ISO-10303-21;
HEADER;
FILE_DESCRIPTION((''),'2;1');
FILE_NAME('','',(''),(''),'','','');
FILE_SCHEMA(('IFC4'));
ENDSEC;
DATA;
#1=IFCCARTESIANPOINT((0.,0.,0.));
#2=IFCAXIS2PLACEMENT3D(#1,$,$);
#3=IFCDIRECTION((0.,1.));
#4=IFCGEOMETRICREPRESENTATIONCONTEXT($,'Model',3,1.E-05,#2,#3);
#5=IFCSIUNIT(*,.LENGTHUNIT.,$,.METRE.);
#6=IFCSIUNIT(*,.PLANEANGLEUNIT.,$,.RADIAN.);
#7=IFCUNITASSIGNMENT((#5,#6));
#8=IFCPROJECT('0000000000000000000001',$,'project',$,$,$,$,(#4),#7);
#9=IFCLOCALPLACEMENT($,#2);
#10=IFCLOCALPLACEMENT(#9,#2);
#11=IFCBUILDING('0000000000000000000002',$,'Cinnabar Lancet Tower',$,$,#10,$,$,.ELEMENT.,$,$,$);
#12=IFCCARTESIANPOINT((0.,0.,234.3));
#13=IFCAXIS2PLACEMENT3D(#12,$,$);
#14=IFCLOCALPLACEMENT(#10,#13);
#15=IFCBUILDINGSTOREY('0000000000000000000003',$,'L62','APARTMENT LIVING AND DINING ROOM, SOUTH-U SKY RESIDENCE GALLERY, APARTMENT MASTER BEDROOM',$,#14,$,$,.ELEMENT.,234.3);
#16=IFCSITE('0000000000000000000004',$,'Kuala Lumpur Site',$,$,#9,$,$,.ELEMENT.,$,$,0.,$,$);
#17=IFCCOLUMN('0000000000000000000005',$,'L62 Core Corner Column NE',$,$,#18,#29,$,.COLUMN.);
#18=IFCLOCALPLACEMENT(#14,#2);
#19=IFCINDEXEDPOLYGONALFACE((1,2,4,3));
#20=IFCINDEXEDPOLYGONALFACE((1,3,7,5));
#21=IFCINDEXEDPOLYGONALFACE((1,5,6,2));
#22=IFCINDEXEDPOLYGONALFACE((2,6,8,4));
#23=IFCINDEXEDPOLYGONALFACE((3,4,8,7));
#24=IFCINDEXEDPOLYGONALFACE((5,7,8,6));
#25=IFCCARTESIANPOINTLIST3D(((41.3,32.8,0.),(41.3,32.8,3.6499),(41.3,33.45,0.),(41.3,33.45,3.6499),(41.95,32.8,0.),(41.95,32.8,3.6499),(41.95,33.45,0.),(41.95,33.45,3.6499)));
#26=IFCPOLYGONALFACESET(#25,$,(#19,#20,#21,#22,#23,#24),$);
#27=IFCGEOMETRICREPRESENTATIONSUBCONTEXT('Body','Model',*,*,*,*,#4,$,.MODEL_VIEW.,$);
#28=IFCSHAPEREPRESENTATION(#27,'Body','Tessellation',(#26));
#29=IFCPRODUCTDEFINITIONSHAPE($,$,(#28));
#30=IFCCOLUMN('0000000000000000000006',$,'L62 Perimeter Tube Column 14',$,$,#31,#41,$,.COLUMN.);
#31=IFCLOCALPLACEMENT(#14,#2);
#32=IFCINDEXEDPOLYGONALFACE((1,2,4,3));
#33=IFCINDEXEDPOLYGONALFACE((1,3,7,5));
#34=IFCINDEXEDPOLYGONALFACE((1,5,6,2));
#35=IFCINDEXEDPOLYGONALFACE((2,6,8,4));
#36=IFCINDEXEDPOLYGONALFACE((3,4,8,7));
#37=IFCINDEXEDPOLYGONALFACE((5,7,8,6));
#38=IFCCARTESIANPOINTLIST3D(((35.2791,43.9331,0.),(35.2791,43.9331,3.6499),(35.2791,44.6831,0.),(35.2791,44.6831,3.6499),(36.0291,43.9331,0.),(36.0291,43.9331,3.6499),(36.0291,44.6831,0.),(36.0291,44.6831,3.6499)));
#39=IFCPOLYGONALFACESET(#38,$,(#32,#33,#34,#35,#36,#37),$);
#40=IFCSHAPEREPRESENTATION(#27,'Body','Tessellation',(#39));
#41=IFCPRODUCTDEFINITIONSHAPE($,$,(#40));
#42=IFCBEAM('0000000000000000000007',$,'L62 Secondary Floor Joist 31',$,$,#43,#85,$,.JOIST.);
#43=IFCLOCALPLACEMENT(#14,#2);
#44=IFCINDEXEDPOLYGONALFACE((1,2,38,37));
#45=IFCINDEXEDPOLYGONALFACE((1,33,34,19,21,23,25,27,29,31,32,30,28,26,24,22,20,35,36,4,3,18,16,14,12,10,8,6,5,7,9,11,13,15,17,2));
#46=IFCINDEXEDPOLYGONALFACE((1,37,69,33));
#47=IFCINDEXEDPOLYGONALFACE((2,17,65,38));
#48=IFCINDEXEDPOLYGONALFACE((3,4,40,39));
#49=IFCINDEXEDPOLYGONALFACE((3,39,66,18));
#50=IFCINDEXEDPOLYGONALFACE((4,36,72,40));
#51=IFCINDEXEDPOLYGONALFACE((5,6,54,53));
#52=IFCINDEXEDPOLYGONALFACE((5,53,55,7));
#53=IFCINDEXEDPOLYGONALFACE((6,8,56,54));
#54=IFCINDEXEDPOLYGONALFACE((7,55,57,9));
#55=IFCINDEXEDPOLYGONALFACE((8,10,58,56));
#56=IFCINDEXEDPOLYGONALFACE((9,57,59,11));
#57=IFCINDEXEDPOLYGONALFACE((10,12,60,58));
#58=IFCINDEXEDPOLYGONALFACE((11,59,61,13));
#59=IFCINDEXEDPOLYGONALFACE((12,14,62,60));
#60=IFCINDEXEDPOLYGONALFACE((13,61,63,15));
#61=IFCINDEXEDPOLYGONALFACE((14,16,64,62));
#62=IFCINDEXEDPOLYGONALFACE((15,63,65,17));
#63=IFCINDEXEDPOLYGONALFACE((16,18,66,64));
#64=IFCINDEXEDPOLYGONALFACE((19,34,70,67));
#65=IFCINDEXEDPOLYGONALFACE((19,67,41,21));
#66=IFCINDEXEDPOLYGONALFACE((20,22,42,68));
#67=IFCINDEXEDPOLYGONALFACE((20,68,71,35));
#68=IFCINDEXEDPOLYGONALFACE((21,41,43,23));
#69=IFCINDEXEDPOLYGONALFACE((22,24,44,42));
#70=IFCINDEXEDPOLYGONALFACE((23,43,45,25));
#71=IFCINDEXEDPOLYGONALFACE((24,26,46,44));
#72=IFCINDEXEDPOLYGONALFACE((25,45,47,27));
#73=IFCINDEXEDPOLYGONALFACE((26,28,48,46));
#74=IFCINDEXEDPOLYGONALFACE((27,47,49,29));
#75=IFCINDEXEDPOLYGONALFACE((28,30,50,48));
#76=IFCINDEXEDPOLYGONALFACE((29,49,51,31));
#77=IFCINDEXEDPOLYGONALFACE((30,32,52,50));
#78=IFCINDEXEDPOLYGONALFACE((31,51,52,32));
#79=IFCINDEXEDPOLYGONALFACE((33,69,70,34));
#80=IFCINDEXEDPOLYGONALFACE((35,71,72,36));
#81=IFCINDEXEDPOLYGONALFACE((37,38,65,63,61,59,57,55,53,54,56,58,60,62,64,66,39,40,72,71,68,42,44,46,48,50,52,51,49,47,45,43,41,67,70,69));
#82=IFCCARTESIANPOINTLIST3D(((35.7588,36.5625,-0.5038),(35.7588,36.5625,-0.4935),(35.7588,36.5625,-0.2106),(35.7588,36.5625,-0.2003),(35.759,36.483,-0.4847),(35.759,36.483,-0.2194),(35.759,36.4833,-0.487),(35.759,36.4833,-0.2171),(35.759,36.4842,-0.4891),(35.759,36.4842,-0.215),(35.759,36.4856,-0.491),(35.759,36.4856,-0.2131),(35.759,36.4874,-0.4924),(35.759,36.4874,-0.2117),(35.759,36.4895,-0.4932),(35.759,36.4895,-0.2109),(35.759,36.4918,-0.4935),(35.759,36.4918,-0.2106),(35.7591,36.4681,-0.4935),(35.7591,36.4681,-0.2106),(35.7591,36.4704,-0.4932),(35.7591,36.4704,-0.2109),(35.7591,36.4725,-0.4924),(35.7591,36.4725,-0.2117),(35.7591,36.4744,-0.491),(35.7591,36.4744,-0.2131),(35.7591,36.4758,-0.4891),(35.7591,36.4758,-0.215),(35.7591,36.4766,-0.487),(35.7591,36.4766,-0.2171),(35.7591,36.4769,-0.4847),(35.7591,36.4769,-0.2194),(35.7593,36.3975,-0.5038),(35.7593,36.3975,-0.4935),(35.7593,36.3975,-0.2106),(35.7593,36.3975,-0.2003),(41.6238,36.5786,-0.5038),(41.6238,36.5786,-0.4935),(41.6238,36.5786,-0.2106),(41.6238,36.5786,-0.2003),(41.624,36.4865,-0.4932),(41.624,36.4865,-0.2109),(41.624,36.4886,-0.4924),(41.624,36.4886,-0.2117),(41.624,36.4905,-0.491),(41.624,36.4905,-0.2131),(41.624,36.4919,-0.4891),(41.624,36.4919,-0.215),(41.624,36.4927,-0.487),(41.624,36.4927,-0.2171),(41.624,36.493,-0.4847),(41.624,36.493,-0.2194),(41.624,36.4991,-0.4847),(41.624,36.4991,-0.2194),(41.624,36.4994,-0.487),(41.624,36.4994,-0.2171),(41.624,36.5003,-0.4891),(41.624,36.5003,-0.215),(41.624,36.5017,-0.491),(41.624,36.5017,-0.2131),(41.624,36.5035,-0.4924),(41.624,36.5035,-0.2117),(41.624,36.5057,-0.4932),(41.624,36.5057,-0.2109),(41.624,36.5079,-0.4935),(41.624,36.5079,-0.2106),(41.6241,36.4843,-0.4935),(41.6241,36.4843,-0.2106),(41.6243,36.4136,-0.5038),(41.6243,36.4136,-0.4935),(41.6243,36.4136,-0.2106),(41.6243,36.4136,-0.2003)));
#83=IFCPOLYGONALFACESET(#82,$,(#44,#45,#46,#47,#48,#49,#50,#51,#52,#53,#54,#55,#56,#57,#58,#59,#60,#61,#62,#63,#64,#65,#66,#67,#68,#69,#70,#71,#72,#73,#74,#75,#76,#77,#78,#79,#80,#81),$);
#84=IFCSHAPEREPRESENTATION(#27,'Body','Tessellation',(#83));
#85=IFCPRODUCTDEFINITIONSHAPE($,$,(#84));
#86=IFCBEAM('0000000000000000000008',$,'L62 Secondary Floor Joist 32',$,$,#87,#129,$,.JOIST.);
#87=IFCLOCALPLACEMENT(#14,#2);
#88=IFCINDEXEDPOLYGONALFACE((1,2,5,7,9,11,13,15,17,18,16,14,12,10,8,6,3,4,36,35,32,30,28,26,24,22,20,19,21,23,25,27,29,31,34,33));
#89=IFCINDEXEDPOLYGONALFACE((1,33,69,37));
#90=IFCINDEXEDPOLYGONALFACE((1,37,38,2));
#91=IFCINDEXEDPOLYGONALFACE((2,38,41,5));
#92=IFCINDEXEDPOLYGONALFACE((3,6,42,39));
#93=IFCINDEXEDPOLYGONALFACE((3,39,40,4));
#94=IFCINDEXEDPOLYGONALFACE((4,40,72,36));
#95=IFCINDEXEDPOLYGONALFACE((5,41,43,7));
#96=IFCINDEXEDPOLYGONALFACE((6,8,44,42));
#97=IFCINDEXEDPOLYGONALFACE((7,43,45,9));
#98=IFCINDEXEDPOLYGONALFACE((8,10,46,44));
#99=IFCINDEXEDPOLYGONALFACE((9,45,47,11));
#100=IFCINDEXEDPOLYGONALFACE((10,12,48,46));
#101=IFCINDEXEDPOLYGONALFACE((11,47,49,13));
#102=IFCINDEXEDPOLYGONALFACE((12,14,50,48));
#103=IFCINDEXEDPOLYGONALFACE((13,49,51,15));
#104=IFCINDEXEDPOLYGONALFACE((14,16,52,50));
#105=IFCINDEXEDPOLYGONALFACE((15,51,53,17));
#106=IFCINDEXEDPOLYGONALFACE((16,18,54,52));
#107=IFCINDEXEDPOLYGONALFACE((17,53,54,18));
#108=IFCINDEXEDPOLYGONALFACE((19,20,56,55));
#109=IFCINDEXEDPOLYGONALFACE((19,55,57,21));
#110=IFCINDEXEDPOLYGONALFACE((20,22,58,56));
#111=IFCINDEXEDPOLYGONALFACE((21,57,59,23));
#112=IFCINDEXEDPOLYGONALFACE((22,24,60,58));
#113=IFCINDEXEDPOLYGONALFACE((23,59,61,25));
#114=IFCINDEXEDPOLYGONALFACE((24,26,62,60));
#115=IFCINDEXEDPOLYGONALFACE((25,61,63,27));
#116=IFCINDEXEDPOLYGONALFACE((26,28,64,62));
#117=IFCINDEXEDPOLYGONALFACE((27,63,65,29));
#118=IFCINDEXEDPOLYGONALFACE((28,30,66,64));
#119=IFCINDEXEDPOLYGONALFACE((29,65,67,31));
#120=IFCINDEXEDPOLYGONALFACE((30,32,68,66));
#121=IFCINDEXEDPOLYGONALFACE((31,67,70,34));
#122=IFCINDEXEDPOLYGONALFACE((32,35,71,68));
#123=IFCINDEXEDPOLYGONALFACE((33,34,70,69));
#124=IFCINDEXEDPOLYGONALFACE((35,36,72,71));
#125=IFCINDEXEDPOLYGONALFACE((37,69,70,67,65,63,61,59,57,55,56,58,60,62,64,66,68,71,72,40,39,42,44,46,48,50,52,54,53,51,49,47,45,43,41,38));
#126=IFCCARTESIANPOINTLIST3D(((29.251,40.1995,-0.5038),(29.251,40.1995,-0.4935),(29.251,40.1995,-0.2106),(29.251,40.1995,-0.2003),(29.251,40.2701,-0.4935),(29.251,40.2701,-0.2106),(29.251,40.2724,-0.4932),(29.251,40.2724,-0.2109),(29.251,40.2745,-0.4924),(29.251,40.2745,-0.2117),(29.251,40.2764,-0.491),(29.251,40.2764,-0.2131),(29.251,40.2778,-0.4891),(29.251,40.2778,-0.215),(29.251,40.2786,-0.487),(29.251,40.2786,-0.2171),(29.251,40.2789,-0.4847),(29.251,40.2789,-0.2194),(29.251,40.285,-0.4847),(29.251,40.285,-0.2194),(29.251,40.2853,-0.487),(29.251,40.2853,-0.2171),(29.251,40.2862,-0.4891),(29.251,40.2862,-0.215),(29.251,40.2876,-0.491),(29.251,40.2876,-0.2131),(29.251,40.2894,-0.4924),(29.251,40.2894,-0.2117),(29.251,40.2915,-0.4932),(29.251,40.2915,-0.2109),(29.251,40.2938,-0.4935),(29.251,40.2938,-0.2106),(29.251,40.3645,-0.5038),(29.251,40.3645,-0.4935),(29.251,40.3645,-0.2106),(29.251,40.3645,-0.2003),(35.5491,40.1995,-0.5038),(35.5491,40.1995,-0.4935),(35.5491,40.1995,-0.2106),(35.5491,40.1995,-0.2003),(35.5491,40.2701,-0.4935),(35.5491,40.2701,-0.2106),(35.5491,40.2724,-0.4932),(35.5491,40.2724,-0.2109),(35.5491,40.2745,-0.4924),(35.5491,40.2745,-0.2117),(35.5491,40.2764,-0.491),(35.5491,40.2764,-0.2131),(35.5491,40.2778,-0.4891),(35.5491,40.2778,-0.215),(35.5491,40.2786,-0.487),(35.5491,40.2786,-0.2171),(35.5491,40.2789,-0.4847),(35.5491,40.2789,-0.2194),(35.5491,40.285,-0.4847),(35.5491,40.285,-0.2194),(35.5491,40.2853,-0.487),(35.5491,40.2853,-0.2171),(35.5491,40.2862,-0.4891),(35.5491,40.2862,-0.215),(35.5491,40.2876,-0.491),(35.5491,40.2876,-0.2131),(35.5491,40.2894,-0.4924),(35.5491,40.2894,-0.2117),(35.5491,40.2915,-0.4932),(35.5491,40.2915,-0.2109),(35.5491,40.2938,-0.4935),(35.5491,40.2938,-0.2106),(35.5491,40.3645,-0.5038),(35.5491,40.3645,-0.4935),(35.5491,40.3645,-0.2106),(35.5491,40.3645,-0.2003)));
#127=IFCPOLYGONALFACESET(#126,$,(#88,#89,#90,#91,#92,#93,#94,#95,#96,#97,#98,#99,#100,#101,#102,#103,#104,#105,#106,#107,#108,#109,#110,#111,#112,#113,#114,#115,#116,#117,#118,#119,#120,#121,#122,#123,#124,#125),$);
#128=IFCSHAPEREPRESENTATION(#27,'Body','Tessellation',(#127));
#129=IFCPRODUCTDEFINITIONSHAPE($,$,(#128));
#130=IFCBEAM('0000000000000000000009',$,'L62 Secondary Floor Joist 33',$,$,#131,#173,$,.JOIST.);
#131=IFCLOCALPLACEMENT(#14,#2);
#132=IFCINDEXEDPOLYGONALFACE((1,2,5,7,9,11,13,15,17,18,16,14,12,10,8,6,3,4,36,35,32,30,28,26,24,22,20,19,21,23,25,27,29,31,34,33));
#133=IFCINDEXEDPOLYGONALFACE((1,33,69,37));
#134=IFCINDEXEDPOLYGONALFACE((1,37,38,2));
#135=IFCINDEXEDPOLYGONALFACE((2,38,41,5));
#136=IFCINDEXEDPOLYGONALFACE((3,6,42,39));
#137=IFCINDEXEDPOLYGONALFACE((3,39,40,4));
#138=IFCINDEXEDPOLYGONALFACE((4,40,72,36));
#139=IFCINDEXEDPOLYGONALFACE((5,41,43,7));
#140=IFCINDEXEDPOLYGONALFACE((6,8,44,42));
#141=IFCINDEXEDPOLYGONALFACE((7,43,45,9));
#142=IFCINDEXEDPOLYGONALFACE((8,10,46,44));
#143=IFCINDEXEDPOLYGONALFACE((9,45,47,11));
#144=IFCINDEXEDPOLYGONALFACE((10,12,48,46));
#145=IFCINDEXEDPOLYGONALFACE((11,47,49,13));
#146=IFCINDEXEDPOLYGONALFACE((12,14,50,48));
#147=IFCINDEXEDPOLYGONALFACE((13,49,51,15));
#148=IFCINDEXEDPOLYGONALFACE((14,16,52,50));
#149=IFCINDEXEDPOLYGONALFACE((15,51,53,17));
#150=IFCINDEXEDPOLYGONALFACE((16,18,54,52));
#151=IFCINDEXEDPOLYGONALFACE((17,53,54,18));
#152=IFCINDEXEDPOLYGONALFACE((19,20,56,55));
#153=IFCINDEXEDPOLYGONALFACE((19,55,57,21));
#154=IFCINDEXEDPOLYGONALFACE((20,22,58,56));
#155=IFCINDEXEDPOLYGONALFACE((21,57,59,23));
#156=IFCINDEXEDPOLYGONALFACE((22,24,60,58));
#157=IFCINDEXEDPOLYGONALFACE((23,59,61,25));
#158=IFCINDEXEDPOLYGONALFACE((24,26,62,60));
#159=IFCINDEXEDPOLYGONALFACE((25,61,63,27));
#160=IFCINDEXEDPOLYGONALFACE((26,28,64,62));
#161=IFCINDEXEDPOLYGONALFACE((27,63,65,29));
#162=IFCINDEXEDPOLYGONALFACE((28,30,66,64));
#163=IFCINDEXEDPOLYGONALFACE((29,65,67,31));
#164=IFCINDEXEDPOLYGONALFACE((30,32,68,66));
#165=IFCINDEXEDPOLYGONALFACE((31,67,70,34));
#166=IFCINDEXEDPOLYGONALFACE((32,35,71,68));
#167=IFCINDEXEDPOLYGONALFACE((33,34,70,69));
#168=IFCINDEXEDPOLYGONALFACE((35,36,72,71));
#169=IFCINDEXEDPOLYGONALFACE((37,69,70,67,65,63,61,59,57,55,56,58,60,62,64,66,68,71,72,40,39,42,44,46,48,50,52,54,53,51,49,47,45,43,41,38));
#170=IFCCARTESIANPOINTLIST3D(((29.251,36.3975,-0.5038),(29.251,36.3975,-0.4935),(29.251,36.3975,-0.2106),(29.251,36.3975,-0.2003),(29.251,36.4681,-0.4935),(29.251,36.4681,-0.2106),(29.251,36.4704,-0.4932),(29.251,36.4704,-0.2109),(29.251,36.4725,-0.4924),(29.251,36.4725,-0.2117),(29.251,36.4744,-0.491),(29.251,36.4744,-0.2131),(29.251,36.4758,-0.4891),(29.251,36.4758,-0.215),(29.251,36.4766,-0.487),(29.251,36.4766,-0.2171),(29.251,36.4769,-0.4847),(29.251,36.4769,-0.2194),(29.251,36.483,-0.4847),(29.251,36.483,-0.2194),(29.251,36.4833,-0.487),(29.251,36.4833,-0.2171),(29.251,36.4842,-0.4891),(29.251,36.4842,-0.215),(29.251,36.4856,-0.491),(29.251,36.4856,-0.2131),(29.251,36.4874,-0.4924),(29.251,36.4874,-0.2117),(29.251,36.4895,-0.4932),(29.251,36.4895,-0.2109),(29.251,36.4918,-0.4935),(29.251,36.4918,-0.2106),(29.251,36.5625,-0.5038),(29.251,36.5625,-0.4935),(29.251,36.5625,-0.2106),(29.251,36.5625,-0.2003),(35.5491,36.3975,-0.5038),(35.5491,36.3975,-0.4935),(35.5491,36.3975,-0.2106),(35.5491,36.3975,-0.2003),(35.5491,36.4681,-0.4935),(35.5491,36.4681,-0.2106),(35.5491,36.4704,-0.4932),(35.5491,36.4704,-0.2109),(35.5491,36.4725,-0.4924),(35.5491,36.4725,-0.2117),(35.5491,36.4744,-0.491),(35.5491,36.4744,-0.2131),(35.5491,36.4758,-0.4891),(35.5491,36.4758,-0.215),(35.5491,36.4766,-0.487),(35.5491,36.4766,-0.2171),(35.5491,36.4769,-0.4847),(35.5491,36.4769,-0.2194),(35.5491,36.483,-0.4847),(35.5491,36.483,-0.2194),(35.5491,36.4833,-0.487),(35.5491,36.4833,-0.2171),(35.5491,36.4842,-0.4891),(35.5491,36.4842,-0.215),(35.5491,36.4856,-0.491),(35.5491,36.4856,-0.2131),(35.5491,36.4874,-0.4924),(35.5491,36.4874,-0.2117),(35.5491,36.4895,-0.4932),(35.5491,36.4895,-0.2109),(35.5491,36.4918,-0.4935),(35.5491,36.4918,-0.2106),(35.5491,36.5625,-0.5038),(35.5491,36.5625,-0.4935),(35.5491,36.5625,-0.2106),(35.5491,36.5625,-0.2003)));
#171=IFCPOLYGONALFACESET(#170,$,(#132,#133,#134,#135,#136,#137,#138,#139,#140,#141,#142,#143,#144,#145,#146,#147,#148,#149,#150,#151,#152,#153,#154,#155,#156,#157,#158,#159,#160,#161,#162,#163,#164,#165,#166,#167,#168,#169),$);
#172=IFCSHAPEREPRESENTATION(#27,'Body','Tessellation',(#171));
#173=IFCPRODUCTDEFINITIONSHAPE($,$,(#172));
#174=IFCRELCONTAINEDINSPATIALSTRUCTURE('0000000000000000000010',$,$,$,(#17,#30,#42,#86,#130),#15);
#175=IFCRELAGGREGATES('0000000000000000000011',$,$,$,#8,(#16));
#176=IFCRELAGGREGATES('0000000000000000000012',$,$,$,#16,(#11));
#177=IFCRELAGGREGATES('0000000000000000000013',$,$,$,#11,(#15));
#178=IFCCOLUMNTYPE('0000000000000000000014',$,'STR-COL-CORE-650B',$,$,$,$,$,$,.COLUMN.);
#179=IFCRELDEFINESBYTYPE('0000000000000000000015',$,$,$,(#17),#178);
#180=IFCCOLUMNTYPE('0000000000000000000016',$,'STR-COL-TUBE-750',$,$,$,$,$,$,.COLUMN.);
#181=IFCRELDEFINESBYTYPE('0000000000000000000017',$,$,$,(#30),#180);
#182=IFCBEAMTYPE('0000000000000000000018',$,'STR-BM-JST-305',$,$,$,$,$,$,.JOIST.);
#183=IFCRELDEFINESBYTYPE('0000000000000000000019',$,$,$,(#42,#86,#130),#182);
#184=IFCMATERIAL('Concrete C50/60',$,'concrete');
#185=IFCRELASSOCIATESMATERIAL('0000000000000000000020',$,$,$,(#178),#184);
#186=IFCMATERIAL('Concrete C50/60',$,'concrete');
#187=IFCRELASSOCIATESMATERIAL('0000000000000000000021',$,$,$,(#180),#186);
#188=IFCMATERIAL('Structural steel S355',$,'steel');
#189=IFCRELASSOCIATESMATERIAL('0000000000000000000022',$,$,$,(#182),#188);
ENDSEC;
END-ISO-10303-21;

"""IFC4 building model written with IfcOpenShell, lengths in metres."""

from ifc_helpers import new_model, si_unit, direction, frame, origin, origin_2d, place, context, subcontext, project, spatial, rectangle, i_section, extrude, material, material_profile, profile_set, type_object, element, save


model = new_model("IFC4")

# Units and contexts
model_context = context("Model", 3, precision=1e-05, world=origin(), true_north=direction((0.0, 1.0)))
body_context = subcontext(model_context, "Body", "Model", "MODEL_VIEW")
ifc_project = project(units=[si_unit("LENGTHUNIT", "METRE"), si_unit("PLANEANGLEUNIT", "RADIAN")], contexts=[model_context])

# Site, building, storey
site_placement = place(None, origin())
site = spatial("IfcSite", under=ifc_project, at=site_placement, Name="Kuala Lumpur Site", CompositionType="ELEMENT", RefElevation=0.0)
building_placement = place(site_placement, origin())
building = spatial("IfcBuilding", under=site, at=building_placement, Name="Cinnabar Lancet Tower", CompositionType="ELEMENT")
storey_placement = place(building_placement, frame((0.0, 0.0, 234.3)))
storey = spatial("IfcBuildingStorey", under=building, at=storey_placement, Name="L62", Description="APARTMENT LIVING AND DINING ROOM, SOUTH-U SKY RESIDENCE GALLERY, APARTMENT MASTER BEDROOM", CompositionType="ELEMENT", Elevation=234.3)

# Columns
ifc_material_1 = material(Name="Concrete C50/60", Category="concrete")
ifc_material_profile_1 = material_profile(ifc_material_1, rectangle(XDim=0.6499, YDim=0.6499, at=origin_2d()), Name="RC-COL 650x650")
ifc_profile_set_1 = profile_set([ifc_material_profile_1], Name="Concrete C50/60")
column_type_1 = type_object("IfcColumnType", Name="STR-COL-CORE-650B", PredefinedType="COLUMN", material=ifc_profile_set_1)
column_1_placement = place(storey_placement, frame((41.625, 33.125, 0.0), z_axis=(0.0, 0.0, 1.0), x_axis=(1.0, 0.0, 0.0)))
element("IfcColumn", 1, at=column_1_placement, inside=storey, type_object=column_type_1, Name="L62 Core Corner Column NE", PredefinedType="COLUMN", context=body_context, shape_type="SweptSolid", body=[
    extrude(rectangle(XDim=0.6499, YDim=0.6499, at=origin_2d()), origin(), (0.0, 0.0, 1.0), 3.6499),
])
ifc_material_2 = material(Name="Concrete C50/60", Category="concrete")
ifc_material_profile_2 = material_profile(ifc_material_2, rectangle(XDim=0.75, YDim=0.75, at=origin_2d()), Name="RC-COL 750x750")
ifc_profile_set_2 = profile_set([ifc_material_profile_2], Name="Concrete C50/60")
column_type_2 = type_object("IfcColumnType", Name="STR-COL-TUBE-750", PredefinedType="COLUMN", material=ifc_profile_set_2)
column_2_placement = place(storey_placement, frame((35.6541, 44.3081, 0.0), z_axis=(0.0, 0.0, 1.0), x_axis=(1.0, 0.0, 0.0)))
element("IfcColumn", 2, at=column_2_placement, inside=storey, type_object=column_type_2, Name="L62 Perimeter Tube Column 14", PredefinedType="COLUMN", context=body_context, shape_type="SweptSolid", body=[
    extrude(rectangle(XDim=0.75, YDim=0.75, at=origin_2d()), origin(), (0.0, 0.0, 1.0), 3.6499),
])

# Beams
ifc_material_3 = material(Name="Structural steel S355", Category="steel")
ifc_material_profile_3 = material_profile(ifc_material_3, i_section(OverallWidth=0.165, OverallDepth=0.3035, WebThickness=0.0061, FlangeThickness=0.0103, FilletRadius=0.0088, at=origin_2d()), Name="UKB 305x165x40")
ifc_profile_set_3 = profile_set([ifc_material_profile_3], Name="Structural steel S355")
beam_type_1 = type_object("IfcBeamType", Name="STR-BM-JST-305", PredefinedType="JOIST", material=ifc_profile_set_3)
beam_1_placement = place(storey_placement, frame((41.624, 36.4961, -0.3521), z_axis=(-0.999996, -0.002747, 0.0), x_axis=(0.002747, -0.999996, 0.0)))
element("IfcBeam", 3, at=beam_1_placement, inside=storey, type_object=beam_type_1, Name="L62 Secondary Floor Joist 31", PredefinedType="JOIST", context=body_context, shape_type="SweptSolid", body=[
    extrude(i_section(OverallWidth=0.165, OverallDepth=0.3035, WebThickness=0.0061, FlangeThickness=0.0103, FilletRadius=0.0088, at=origin_2d()), origin(), (0.0, 0.0, 1.0), 5.865),
])
for number, where, z_axis, x_axis, name in (
    (4, (35.5491, 40.282, -0.3521), (-1.0, 0.0, 0.0), (0.0, -1.0, 0.0), "L62 Secondary Floor Joist 32"),
    (5, (35.5491, 36.48, -0.3521), (-1.0, 0.0, 0.0), (0.0, -1.0, 0.0), "L62 Secondary Floor Joist 33"),
):
    element("IfcBeam", number, at=place(storey_placement, frame(where, z_axis=z_axis, x_axis=x_axis)), inside=storey, type_object=beam_type_1, Name=name, PredefinedType="JOIST", context=body_context, shape_type="SweptSolid", body=[
        extrude(i_section(OverallWidth=0.165, OverallDepth=0.3035, WebThickness=0.0061, FlangeThickness=0.0103, FilletRadius=0.0088, at=origin_2d()), origin(), (0.0, 0.0, 1.0), 6.2981),
    ])

save(model, "model.ifc")
